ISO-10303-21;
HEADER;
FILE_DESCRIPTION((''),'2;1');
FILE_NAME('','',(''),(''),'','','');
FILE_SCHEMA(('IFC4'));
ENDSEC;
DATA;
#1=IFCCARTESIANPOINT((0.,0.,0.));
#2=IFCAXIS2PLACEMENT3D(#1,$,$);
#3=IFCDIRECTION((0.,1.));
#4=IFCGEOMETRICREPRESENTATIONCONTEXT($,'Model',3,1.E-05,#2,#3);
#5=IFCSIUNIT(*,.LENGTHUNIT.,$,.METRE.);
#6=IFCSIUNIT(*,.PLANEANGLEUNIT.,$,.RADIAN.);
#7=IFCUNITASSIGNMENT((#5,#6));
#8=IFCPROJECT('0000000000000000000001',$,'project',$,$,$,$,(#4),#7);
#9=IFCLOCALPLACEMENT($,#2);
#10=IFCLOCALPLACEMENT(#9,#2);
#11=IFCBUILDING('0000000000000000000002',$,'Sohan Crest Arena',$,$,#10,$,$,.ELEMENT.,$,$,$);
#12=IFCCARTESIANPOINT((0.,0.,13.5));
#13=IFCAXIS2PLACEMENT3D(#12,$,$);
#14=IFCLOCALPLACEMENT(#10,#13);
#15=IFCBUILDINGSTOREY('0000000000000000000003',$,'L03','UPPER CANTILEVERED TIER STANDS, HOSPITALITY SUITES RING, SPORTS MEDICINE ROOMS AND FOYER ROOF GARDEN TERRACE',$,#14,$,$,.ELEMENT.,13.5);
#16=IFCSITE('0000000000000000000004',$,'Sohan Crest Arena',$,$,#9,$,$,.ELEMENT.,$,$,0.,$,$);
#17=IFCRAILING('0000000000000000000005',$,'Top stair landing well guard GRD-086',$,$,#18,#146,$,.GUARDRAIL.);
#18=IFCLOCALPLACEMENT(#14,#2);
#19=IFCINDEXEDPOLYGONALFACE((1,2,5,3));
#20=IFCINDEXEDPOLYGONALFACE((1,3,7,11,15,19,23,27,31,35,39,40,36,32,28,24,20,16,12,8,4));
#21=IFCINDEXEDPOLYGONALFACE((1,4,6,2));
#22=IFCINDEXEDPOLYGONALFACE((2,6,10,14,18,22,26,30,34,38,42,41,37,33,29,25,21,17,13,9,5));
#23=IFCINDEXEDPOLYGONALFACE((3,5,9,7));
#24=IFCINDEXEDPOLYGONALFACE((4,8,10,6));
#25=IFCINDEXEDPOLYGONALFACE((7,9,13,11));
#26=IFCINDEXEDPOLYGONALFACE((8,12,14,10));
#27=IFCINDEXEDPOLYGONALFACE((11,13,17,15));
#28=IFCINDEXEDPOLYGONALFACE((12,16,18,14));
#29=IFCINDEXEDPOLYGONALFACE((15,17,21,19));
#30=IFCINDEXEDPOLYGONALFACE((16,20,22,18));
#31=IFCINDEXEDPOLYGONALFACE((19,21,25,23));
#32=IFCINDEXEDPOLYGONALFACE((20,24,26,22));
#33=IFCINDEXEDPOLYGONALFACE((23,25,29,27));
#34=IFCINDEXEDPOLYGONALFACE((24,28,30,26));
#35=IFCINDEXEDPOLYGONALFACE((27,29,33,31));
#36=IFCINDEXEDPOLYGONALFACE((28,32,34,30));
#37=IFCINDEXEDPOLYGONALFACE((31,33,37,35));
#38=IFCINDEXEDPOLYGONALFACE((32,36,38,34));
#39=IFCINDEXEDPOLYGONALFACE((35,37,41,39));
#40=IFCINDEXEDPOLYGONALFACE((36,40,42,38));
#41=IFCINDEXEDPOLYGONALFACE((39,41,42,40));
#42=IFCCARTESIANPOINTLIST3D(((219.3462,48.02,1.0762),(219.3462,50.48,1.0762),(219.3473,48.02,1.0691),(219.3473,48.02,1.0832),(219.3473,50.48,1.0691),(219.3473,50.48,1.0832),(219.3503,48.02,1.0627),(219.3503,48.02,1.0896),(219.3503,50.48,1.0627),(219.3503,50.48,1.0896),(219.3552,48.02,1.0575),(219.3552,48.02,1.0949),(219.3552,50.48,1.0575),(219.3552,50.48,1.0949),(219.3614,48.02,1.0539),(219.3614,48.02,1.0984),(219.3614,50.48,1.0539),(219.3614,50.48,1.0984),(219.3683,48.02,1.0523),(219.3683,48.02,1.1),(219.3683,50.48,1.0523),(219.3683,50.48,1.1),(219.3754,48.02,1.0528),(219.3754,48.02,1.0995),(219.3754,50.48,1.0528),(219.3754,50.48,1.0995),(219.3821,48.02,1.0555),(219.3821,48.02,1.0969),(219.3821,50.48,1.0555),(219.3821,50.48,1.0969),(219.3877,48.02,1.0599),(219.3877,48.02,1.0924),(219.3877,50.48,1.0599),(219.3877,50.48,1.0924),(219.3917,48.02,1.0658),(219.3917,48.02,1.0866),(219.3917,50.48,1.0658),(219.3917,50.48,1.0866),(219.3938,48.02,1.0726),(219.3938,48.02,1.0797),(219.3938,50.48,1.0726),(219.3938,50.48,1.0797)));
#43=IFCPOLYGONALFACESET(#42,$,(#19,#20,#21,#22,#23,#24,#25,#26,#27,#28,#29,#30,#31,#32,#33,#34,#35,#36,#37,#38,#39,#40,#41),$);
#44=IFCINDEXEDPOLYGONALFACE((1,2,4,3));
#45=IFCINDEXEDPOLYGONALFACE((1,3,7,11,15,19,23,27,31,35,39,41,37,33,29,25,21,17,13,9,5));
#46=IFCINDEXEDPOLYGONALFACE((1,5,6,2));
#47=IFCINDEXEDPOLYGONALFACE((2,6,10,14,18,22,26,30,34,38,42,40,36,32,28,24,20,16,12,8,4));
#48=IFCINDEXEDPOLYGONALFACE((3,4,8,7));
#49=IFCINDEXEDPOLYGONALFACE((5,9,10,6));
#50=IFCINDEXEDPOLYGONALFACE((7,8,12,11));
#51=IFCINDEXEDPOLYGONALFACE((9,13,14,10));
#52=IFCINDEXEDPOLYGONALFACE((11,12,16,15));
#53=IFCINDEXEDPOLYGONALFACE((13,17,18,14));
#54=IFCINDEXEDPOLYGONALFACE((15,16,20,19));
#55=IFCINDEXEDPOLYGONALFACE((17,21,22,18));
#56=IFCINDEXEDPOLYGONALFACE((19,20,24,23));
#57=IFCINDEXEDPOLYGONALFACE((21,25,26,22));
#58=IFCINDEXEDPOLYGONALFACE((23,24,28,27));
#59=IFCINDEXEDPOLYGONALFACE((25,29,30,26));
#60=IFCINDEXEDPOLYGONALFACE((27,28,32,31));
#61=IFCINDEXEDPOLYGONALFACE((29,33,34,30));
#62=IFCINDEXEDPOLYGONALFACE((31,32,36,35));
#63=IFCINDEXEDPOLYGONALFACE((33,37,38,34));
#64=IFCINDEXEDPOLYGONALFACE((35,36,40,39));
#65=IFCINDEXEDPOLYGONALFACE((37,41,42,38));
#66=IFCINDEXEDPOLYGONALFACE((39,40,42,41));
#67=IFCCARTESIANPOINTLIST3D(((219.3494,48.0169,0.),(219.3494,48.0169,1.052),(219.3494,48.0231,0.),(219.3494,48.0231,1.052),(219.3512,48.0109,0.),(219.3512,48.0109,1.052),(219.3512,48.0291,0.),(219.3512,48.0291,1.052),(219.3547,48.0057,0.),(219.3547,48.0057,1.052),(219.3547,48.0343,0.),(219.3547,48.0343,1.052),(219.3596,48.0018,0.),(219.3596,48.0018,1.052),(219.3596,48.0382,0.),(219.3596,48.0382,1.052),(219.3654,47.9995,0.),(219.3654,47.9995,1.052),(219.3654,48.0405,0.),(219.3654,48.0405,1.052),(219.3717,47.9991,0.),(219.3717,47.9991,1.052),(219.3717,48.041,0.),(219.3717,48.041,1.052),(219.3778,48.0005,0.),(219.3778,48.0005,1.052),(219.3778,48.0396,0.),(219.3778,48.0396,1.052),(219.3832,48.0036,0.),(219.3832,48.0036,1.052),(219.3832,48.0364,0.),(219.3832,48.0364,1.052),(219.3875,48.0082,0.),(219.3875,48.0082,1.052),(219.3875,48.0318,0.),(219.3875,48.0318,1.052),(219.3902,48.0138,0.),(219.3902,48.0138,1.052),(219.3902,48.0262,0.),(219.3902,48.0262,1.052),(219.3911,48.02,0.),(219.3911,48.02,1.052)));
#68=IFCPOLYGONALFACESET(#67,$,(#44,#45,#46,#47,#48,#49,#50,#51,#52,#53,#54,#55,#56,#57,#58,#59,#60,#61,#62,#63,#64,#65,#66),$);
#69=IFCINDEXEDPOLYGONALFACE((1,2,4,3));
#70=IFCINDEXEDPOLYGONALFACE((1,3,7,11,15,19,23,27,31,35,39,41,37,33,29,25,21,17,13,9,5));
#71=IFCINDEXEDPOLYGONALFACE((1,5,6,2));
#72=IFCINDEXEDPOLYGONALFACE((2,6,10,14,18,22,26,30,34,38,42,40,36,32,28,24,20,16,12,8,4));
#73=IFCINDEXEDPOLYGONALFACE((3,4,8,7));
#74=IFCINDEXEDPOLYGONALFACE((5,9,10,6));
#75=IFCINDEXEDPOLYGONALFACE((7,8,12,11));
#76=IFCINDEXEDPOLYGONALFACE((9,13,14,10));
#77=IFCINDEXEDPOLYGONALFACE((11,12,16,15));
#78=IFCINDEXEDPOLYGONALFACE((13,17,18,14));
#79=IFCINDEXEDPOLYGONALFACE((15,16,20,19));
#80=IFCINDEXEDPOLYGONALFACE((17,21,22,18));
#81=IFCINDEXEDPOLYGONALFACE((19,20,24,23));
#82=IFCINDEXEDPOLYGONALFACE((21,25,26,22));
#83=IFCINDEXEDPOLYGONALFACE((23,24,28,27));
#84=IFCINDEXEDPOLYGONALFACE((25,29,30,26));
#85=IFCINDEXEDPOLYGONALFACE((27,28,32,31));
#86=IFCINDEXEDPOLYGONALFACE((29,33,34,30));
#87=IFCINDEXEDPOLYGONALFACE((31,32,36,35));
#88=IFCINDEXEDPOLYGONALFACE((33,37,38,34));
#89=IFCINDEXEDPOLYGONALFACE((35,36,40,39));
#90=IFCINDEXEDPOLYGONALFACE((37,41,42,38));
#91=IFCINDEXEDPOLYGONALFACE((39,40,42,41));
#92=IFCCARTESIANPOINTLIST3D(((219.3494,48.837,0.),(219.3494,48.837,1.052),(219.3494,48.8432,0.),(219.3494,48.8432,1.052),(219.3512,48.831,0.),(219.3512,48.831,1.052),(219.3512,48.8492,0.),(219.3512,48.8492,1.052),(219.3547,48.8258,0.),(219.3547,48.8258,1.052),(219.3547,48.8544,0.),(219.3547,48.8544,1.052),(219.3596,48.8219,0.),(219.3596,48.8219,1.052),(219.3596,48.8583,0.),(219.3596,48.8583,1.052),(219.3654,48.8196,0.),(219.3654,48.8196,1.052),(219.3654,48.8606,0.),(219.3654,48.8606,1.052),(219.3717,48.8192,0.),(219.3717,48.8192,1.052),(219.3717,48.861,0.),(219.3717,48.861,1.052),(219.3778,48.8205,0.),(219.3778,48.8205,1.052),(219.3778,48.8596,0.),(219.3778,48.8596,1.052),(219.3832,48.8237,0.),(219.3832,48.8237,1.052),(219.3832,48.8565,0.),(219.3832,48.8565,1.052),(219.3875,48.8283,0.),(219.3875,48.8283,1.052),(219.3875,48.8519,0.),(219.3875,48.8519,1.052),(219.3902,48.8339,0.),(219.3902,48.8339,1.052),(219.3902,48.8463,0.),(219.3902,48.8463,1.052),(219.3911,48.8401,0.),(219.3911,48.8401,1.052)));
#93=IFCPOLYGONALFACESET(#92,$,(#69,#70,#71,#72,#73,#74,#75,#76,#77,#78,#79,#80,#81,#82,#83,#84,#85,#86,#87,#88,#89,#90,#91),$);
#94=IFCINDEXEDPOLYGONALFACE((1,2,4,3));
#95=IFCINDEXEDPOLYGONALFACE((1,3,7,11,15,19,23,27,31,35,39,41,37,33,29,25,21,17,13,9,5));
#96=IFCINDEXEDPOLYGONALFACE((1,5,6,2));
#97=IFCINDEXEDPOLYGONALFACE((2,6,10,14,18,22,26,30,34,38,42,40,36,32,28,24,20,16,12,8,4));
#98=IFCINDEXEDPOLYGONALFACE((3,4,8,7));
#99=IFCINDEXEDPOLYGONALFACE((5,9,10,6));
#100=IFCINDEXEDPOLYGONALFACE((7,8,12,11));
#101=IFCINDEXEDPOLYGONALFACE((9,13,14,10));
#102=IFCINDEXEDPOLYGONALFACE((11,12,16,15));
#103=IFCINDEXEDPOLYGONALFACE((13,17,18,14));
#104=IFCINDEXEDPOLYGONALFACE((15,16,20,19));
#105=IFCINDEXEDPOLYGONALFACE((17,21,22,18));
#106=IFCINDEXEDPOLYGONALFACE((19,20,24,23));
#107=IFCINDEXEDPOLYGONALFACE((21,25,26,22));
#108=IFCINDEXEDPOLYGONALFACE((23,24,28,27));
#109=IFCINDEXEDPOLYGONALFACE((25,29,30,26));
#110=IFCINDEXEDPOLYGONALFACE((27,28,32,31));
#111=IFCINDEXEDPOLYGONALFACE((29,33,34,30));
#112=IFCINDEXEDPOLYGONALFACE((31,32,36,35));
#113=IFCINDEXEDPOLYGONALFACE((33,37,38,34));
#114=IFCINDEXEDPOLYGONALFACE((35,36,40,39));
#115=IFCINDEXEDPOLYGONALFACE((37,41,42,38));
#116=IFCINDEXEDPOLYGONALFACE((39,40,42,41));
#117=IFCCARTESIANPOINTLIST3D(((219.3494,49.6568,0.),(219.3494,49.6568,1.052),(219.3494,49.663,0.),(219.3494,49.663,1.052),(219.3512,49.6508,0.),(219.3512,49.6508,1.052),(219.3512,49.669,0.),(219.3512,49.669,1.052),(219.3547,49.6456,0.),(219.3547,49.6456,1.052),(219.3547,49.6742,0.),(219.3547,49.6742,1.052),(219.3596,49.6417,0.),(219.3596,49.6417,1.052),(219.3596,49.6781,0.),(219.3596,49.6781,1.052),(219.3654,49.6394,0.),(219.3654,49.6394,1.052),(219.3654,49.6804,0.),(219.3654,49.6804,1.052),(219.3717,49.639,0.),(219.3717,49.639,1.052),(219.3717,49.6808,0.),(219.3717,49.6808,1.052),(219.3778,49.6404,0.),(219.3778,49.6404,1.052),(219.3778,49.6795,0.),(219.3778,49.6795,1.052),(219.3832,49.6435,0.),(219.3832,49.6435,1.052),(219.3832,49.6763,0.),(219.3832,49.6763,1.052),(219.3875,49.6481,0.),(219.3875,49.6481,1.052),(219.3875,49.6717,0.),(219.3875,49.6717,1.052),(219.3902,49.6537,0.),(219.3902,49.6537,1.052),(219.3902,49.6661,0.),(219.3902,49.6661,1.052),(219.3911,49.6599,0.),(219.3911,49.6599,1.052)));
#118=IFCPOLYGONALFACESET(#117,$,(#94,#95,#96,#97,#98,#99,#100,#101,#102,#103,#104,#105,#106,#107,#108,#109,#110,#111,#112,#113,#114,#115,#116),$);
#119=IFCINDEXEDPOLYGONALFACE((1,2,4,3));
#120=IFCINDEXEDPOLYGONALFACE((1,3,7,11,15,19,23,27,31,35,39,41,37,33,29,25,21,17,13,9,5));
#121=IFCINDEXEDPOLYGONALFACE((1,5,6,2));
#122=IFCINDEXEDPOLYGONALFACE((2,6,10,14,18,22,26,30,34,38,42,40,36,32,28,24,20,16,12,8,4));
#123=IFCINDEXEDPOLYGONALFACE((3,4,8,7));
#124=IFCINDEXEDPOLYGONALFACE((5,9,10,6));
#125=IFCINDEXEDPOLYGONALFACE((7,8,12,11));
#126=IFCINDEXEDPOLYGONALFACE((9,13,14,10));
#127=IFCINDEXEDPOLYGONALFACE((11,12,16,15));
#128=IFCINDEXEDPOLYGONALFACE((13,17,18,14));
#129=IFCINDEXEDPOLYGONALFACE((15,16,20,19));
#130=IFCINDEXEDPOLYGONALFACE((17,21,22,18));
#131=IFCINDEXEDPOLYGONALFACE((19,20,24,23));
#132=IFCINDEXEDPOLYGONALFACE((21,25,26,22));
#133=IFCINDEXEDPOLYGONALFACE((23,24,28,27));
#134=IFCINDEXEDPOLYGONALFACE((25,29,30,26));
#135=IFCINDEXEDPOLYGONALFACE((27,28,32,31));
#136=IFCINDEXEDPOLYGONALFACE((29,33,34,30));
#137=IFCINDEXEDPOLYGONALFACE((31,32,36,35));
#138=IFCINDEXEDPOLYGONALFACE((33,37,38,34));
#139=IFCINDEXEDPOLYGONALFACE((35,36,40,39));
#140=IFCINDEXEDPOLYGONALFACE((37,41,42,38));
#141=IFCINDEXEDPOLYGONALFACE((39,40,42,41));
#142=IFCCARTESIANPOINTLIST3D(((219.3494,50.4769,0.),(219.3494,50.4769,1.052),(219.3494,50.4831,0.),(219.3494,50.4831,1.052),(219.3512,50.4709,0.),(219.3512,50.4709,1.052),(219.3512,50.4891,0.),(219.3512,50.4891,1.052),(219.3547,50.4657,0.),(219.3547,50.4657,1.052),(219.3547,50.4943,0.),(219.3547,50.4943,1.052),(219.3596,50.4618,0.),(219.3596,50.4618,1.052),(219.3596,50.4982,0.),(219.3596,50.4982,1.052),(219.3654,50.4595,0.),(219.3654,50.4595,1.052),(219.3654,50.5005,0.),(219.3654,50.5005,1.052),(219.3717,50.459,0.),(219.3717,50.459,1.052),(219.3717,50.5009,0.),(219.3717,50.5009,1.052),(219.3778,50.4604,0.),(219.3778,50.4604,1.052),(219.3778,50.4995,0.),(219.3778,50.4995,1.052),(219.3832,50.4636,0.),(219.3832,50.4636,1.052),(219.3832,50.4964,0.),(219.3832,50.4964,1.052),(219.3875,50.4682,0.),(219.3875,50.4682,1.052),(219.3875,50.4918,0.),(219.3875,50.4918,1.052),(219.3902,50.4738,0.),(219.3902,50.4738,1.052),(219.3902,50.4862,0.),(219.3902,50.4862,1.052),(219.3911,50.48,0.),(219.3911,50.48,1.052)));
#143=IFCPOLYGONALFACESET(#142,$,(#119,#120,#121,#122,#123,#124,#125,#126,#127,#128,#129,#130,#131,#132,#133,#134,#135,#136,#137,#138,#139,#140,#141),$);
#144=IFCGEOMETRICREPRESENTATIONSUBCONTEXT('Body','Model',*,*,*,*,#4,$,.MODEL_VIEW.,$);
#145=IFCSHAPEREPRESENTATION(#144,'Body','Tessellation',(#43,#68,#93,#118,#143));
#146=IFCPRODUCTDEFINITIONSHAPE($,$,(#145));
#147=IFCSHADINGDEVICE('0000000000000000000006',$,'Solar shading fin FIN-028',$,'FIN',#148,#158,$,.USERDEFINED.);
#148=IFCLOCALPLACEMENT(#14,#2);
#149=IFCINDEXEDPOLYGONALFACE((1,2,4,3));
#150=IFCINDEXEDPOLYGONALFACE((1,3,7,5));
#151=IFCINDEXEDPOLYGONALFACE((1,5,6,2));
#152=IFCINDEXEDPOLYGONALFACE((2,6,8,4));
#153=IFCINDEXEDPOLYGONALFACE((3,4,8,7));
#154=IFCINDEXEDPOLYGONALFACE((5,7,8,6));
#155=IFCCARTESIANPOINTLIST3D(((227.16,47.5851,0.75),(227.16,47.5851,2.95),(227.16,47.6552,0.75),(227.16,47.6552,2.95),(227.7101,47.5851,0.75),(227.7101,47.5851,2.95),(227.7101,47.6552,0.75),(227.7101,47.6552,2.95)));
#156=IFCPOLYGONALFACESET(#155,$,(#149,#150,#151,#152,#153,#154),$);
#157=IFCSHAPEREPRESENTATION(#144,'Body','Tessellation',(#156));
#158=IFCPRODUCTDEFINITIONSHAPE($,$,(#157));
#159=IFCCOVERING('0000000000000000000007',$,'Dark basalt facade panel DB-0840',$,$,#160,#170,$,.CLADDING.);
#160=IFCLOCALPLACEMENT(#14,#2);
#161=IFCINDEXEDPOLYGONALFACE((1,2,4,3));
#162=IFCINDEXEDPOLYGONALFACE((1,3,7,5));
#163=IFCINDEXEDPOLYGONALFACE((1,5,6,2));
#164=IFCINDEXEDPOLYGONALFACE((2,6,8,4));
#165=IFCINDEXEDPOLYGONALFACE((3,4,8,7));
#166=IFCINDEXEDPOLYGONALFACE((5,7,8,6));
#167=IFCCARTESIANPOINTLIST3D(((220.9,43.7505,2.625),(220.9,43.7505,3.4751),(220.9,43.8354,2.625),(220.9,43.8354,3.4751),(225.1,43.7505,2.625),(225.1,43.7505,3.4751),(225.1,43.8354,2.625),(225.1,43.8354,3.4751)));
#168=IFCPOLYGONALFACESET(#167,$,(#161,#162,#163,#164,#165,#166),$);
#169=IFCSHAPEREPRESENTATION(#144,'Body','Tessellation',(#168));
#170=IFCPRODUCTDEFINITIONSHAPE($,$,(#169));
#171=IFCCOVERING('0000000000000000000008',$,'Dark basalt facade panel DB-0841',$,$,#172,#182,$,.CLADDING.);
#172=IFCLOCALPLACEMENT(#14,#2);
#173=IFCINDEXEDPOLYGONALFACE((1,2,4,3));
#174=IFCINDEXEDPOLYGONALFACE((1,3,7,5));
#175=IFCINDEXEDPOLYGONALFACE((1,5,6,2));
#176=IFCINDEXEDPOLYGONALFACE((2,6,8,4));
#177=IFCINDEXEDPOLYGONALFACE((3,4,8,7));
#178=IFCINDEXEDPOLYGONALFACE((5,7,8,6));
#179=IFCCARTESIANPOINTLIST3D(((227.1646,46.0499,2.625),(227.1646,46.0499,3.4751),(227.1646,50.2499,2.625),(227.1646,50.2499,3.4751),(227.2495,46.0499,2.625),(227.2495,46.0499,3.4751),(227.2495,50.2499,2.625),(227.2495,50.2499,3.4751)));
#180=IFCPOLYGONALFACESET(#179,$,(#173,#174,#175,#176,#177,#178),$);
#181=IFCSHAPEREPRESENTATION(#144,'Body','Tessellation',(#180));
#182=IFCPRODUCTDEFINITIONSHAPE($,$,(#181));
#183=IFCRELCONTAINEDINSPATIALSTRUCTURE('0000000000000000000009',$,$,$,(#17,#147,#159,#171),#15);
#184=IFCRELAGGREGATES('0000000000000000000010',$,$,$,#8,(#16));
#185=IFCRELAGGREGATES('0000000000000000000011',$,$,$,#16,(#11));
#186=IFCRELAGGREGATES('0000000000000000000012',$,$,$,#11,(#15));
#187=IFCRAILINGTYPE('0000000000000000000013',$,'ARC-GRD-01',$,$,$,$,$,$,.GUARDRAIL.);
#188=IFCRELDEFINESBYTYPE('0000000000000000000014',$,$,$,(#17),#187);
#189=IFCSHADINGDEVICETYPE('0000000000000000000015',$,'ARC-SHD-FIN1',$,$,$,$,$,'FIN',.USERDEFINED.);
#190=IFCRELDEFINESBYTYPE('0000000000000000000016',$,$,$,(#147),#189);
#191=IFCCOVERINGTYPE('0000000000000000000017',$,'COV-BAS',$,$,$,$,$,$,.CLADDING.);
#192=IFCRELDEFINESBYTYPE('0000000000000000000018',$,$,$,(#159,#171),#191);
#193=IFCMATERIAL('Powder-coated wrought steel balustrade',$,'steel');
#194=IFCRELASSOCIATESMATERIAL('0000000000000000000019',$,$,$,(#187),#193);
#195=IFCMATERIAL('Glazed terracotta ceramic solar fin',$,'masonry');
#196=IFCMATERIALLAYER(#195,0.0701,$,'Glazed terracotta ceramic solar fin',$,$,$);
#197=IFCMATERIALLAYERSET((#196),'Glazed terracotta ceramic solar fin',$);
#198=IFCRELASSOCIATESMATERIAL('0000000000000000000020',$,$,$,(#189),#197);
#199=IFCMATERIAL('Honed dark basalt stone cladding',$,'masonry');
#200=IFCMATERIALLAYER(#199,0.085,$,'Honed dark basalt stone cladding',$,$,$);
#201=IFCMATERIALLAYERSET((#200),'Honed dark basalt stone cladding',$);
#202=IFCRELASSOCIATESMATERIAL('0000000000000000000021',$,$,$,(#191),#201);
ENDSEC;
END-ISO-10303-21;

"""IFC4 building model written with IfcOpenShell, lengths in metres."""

from ifc_helpers import new_model, si_unit, direction, frame, origin, origin_2d, place, context, subcontext, project, spatial, rectangle, circle, extrude, material, layer, layer_set, type_object, element, save


model = new_model("IFC4")

# Units and contexts
model_context = context("Model", 3, precision=1e-05, world=origin(), true_north=direction((0.0, 1.0)))
body_context = subcontext(model_context, "Body", "Model", "MODEL_VIEW")
ifc_project = project(units=[si_unit("LENGTHUNIT", "METRE"), si_unit("PLANEANGLEUNIT", "RADIAN")], contexts=[model_context])

# Site, building, storey
site_placement = place(None, origin())
site = spatial("IfcSite", under=ifc_project, at=site_placement, Name="Sohan Crest Arena", CompositionType="ELEMENT", RefElevation=0.0)
building_placement = place(site_placement, origin())
building = spatial("IfcBuilding", under=site, at=building_placement, Name="Sohan Crest Arena", CompositionType="ELEMENT")
storey_placement = place(building_placement, frame((0.0, 0.0, 13.5)))
storey = spatial("IfcBuildingStorey", under=building, at=storey_placement, Name="L03", Description="UPPER CANTILEVERED TIER STANDS, HOSPITALITY SUITES RING, SPORTS MEDICINE ROOMS AND FOYER ROOF GARDEN TERRACE", CompositionType="ELEMENT", Elevation=13.5)

# Railing
ifc_material_1 = material(Name="Powder-coated wrought steel balustrade", Category="steel")
railing_type = type_object("IfcRailingType", Name="ARC-GRD-01", PredefinedType="GUARDRAIL", material=ifc_material_1)
railing_placement = place(storey_placement, frame((219.3701, 48.02, 0.0)))
element("IfcRailing", 1, at=railing_placement, inside=storey, type_object=railing_type, Name="Top stair landing well guard GRD-086", PredefinedType="GUARDRAIL", context=body_context, shape_type="SweptSolid", body=[
    extrude(circle(Radius=0.0239, at=origin_2d()), frame((0.0, 0.0, 1.0762), z_axis=(0.0, 1.0, 0.0), x_axis=(-1.0, 0.0, 0.0)), (0.0, 0.0, 1.0), 2.46),
    extrude(circle(Radius=0.021, at=origin_2d()), origin(), (0.0, 0.0, 1.0), 1.052),
    extrude(circle(Radius=0.021, at=origin_2d()), frame((0.0, 0.8201, 0.0)), (0.0, 0.0, 1.0), 1.052),
    extrude(circle(Radius=0.021, at=origin_2d()), frame((0.0, 1.6399, 0.0)), (0.0, 0.0, 1.0), 1.052),
    extrude(circle(Radius=0.021, at=origin_2d()), frame((0.0, 2.46, 0.0)), (0.0, 0.0, 1.0), 1.052),
])

# Shading device
ifc_material_2 = material(Name="Glazed terracotta ceramic solar fin", Category="masonry")
ifc_layer_1 = layer(ifc_material_2, 0.0701, Name="Glazed terracotta ceramic solar fin")
ifc_layer_set_1 = layer_set([ifc_layer_1], Name="Glazed terracotta ceramic solar fin")
shading_device_type = type_object("IfcShadingDeviceType", Name="ARC-SHD-FIN1", ElementType="FIN", PredefinedType="USERDEFINED", material=ifc_layer_set_1)
shading_device_placement = place(storey_placement, frame((227.4351, 47.6201, 0.75), z_axis=(0.0, 0.0, 1.0), x_axis=(0.0, 1.0, 0.0)))
element("IfcShadingDevice", 2, at=shading_device_placement, inside=storey, type_object=shading_device_type, Name="Solar shading fin FIN-028", ObjectType="FIN", PredefinedType="USERDEFINED", context=body_context, shape_type="SweptSolid", body=[
    extrude(rectangle(XDim=0.0701, YDim=0.55, at=origin_2d()), origin(), (0.0, 0.0, 1.0), 2.2),
])

# Coverings
ifc_material_3 = material(Name="Honed dark basalt stone cladding", Category="masonry")
ifc_layer_2 = layer(ifc_material_3, 0.085, Name="Honed dark basalt stone cladding")
ifc_layer_set_2 = layer_set([ifc_layer_2], Name="Honed dark basalt stone cladding")
covering_type = type_object("IfcCoveringType", Name="COV-BAS", PredefinedType="CLADDING", material=ifc_layer_set_2)
for number, where, z_axis, x_axis, name in (
    (3, (223.0, 43.793, 2.625), (0.0, 0.0, 1.0), (1.0, 0.0, 0.0), "Dark basalt facade panel DB-0840"),
    (4, (227.207, 48.1499, 2.625), (0.0, 0.0, 1.0), (0.0, 1.0, 0.0), "Dark basalt facade panel DB-0841"),
):
    element("IfcCovering", number, at=place(storey_placement, frame(where, z_axis=z_axis, x_axis=x_axis)), inside=storey, type_object=covering_type, Name=name, PredefinedType="CLADDING", context=body_context, shape_type="SweptSolid", body=[
        extrude(rectangle(XDim=4.2, YDim=0.085, at=origin_2d()), origin(), (0.0, 0.0, 1.0), 0.8501),
    ])

save(model, "model.ifc")
